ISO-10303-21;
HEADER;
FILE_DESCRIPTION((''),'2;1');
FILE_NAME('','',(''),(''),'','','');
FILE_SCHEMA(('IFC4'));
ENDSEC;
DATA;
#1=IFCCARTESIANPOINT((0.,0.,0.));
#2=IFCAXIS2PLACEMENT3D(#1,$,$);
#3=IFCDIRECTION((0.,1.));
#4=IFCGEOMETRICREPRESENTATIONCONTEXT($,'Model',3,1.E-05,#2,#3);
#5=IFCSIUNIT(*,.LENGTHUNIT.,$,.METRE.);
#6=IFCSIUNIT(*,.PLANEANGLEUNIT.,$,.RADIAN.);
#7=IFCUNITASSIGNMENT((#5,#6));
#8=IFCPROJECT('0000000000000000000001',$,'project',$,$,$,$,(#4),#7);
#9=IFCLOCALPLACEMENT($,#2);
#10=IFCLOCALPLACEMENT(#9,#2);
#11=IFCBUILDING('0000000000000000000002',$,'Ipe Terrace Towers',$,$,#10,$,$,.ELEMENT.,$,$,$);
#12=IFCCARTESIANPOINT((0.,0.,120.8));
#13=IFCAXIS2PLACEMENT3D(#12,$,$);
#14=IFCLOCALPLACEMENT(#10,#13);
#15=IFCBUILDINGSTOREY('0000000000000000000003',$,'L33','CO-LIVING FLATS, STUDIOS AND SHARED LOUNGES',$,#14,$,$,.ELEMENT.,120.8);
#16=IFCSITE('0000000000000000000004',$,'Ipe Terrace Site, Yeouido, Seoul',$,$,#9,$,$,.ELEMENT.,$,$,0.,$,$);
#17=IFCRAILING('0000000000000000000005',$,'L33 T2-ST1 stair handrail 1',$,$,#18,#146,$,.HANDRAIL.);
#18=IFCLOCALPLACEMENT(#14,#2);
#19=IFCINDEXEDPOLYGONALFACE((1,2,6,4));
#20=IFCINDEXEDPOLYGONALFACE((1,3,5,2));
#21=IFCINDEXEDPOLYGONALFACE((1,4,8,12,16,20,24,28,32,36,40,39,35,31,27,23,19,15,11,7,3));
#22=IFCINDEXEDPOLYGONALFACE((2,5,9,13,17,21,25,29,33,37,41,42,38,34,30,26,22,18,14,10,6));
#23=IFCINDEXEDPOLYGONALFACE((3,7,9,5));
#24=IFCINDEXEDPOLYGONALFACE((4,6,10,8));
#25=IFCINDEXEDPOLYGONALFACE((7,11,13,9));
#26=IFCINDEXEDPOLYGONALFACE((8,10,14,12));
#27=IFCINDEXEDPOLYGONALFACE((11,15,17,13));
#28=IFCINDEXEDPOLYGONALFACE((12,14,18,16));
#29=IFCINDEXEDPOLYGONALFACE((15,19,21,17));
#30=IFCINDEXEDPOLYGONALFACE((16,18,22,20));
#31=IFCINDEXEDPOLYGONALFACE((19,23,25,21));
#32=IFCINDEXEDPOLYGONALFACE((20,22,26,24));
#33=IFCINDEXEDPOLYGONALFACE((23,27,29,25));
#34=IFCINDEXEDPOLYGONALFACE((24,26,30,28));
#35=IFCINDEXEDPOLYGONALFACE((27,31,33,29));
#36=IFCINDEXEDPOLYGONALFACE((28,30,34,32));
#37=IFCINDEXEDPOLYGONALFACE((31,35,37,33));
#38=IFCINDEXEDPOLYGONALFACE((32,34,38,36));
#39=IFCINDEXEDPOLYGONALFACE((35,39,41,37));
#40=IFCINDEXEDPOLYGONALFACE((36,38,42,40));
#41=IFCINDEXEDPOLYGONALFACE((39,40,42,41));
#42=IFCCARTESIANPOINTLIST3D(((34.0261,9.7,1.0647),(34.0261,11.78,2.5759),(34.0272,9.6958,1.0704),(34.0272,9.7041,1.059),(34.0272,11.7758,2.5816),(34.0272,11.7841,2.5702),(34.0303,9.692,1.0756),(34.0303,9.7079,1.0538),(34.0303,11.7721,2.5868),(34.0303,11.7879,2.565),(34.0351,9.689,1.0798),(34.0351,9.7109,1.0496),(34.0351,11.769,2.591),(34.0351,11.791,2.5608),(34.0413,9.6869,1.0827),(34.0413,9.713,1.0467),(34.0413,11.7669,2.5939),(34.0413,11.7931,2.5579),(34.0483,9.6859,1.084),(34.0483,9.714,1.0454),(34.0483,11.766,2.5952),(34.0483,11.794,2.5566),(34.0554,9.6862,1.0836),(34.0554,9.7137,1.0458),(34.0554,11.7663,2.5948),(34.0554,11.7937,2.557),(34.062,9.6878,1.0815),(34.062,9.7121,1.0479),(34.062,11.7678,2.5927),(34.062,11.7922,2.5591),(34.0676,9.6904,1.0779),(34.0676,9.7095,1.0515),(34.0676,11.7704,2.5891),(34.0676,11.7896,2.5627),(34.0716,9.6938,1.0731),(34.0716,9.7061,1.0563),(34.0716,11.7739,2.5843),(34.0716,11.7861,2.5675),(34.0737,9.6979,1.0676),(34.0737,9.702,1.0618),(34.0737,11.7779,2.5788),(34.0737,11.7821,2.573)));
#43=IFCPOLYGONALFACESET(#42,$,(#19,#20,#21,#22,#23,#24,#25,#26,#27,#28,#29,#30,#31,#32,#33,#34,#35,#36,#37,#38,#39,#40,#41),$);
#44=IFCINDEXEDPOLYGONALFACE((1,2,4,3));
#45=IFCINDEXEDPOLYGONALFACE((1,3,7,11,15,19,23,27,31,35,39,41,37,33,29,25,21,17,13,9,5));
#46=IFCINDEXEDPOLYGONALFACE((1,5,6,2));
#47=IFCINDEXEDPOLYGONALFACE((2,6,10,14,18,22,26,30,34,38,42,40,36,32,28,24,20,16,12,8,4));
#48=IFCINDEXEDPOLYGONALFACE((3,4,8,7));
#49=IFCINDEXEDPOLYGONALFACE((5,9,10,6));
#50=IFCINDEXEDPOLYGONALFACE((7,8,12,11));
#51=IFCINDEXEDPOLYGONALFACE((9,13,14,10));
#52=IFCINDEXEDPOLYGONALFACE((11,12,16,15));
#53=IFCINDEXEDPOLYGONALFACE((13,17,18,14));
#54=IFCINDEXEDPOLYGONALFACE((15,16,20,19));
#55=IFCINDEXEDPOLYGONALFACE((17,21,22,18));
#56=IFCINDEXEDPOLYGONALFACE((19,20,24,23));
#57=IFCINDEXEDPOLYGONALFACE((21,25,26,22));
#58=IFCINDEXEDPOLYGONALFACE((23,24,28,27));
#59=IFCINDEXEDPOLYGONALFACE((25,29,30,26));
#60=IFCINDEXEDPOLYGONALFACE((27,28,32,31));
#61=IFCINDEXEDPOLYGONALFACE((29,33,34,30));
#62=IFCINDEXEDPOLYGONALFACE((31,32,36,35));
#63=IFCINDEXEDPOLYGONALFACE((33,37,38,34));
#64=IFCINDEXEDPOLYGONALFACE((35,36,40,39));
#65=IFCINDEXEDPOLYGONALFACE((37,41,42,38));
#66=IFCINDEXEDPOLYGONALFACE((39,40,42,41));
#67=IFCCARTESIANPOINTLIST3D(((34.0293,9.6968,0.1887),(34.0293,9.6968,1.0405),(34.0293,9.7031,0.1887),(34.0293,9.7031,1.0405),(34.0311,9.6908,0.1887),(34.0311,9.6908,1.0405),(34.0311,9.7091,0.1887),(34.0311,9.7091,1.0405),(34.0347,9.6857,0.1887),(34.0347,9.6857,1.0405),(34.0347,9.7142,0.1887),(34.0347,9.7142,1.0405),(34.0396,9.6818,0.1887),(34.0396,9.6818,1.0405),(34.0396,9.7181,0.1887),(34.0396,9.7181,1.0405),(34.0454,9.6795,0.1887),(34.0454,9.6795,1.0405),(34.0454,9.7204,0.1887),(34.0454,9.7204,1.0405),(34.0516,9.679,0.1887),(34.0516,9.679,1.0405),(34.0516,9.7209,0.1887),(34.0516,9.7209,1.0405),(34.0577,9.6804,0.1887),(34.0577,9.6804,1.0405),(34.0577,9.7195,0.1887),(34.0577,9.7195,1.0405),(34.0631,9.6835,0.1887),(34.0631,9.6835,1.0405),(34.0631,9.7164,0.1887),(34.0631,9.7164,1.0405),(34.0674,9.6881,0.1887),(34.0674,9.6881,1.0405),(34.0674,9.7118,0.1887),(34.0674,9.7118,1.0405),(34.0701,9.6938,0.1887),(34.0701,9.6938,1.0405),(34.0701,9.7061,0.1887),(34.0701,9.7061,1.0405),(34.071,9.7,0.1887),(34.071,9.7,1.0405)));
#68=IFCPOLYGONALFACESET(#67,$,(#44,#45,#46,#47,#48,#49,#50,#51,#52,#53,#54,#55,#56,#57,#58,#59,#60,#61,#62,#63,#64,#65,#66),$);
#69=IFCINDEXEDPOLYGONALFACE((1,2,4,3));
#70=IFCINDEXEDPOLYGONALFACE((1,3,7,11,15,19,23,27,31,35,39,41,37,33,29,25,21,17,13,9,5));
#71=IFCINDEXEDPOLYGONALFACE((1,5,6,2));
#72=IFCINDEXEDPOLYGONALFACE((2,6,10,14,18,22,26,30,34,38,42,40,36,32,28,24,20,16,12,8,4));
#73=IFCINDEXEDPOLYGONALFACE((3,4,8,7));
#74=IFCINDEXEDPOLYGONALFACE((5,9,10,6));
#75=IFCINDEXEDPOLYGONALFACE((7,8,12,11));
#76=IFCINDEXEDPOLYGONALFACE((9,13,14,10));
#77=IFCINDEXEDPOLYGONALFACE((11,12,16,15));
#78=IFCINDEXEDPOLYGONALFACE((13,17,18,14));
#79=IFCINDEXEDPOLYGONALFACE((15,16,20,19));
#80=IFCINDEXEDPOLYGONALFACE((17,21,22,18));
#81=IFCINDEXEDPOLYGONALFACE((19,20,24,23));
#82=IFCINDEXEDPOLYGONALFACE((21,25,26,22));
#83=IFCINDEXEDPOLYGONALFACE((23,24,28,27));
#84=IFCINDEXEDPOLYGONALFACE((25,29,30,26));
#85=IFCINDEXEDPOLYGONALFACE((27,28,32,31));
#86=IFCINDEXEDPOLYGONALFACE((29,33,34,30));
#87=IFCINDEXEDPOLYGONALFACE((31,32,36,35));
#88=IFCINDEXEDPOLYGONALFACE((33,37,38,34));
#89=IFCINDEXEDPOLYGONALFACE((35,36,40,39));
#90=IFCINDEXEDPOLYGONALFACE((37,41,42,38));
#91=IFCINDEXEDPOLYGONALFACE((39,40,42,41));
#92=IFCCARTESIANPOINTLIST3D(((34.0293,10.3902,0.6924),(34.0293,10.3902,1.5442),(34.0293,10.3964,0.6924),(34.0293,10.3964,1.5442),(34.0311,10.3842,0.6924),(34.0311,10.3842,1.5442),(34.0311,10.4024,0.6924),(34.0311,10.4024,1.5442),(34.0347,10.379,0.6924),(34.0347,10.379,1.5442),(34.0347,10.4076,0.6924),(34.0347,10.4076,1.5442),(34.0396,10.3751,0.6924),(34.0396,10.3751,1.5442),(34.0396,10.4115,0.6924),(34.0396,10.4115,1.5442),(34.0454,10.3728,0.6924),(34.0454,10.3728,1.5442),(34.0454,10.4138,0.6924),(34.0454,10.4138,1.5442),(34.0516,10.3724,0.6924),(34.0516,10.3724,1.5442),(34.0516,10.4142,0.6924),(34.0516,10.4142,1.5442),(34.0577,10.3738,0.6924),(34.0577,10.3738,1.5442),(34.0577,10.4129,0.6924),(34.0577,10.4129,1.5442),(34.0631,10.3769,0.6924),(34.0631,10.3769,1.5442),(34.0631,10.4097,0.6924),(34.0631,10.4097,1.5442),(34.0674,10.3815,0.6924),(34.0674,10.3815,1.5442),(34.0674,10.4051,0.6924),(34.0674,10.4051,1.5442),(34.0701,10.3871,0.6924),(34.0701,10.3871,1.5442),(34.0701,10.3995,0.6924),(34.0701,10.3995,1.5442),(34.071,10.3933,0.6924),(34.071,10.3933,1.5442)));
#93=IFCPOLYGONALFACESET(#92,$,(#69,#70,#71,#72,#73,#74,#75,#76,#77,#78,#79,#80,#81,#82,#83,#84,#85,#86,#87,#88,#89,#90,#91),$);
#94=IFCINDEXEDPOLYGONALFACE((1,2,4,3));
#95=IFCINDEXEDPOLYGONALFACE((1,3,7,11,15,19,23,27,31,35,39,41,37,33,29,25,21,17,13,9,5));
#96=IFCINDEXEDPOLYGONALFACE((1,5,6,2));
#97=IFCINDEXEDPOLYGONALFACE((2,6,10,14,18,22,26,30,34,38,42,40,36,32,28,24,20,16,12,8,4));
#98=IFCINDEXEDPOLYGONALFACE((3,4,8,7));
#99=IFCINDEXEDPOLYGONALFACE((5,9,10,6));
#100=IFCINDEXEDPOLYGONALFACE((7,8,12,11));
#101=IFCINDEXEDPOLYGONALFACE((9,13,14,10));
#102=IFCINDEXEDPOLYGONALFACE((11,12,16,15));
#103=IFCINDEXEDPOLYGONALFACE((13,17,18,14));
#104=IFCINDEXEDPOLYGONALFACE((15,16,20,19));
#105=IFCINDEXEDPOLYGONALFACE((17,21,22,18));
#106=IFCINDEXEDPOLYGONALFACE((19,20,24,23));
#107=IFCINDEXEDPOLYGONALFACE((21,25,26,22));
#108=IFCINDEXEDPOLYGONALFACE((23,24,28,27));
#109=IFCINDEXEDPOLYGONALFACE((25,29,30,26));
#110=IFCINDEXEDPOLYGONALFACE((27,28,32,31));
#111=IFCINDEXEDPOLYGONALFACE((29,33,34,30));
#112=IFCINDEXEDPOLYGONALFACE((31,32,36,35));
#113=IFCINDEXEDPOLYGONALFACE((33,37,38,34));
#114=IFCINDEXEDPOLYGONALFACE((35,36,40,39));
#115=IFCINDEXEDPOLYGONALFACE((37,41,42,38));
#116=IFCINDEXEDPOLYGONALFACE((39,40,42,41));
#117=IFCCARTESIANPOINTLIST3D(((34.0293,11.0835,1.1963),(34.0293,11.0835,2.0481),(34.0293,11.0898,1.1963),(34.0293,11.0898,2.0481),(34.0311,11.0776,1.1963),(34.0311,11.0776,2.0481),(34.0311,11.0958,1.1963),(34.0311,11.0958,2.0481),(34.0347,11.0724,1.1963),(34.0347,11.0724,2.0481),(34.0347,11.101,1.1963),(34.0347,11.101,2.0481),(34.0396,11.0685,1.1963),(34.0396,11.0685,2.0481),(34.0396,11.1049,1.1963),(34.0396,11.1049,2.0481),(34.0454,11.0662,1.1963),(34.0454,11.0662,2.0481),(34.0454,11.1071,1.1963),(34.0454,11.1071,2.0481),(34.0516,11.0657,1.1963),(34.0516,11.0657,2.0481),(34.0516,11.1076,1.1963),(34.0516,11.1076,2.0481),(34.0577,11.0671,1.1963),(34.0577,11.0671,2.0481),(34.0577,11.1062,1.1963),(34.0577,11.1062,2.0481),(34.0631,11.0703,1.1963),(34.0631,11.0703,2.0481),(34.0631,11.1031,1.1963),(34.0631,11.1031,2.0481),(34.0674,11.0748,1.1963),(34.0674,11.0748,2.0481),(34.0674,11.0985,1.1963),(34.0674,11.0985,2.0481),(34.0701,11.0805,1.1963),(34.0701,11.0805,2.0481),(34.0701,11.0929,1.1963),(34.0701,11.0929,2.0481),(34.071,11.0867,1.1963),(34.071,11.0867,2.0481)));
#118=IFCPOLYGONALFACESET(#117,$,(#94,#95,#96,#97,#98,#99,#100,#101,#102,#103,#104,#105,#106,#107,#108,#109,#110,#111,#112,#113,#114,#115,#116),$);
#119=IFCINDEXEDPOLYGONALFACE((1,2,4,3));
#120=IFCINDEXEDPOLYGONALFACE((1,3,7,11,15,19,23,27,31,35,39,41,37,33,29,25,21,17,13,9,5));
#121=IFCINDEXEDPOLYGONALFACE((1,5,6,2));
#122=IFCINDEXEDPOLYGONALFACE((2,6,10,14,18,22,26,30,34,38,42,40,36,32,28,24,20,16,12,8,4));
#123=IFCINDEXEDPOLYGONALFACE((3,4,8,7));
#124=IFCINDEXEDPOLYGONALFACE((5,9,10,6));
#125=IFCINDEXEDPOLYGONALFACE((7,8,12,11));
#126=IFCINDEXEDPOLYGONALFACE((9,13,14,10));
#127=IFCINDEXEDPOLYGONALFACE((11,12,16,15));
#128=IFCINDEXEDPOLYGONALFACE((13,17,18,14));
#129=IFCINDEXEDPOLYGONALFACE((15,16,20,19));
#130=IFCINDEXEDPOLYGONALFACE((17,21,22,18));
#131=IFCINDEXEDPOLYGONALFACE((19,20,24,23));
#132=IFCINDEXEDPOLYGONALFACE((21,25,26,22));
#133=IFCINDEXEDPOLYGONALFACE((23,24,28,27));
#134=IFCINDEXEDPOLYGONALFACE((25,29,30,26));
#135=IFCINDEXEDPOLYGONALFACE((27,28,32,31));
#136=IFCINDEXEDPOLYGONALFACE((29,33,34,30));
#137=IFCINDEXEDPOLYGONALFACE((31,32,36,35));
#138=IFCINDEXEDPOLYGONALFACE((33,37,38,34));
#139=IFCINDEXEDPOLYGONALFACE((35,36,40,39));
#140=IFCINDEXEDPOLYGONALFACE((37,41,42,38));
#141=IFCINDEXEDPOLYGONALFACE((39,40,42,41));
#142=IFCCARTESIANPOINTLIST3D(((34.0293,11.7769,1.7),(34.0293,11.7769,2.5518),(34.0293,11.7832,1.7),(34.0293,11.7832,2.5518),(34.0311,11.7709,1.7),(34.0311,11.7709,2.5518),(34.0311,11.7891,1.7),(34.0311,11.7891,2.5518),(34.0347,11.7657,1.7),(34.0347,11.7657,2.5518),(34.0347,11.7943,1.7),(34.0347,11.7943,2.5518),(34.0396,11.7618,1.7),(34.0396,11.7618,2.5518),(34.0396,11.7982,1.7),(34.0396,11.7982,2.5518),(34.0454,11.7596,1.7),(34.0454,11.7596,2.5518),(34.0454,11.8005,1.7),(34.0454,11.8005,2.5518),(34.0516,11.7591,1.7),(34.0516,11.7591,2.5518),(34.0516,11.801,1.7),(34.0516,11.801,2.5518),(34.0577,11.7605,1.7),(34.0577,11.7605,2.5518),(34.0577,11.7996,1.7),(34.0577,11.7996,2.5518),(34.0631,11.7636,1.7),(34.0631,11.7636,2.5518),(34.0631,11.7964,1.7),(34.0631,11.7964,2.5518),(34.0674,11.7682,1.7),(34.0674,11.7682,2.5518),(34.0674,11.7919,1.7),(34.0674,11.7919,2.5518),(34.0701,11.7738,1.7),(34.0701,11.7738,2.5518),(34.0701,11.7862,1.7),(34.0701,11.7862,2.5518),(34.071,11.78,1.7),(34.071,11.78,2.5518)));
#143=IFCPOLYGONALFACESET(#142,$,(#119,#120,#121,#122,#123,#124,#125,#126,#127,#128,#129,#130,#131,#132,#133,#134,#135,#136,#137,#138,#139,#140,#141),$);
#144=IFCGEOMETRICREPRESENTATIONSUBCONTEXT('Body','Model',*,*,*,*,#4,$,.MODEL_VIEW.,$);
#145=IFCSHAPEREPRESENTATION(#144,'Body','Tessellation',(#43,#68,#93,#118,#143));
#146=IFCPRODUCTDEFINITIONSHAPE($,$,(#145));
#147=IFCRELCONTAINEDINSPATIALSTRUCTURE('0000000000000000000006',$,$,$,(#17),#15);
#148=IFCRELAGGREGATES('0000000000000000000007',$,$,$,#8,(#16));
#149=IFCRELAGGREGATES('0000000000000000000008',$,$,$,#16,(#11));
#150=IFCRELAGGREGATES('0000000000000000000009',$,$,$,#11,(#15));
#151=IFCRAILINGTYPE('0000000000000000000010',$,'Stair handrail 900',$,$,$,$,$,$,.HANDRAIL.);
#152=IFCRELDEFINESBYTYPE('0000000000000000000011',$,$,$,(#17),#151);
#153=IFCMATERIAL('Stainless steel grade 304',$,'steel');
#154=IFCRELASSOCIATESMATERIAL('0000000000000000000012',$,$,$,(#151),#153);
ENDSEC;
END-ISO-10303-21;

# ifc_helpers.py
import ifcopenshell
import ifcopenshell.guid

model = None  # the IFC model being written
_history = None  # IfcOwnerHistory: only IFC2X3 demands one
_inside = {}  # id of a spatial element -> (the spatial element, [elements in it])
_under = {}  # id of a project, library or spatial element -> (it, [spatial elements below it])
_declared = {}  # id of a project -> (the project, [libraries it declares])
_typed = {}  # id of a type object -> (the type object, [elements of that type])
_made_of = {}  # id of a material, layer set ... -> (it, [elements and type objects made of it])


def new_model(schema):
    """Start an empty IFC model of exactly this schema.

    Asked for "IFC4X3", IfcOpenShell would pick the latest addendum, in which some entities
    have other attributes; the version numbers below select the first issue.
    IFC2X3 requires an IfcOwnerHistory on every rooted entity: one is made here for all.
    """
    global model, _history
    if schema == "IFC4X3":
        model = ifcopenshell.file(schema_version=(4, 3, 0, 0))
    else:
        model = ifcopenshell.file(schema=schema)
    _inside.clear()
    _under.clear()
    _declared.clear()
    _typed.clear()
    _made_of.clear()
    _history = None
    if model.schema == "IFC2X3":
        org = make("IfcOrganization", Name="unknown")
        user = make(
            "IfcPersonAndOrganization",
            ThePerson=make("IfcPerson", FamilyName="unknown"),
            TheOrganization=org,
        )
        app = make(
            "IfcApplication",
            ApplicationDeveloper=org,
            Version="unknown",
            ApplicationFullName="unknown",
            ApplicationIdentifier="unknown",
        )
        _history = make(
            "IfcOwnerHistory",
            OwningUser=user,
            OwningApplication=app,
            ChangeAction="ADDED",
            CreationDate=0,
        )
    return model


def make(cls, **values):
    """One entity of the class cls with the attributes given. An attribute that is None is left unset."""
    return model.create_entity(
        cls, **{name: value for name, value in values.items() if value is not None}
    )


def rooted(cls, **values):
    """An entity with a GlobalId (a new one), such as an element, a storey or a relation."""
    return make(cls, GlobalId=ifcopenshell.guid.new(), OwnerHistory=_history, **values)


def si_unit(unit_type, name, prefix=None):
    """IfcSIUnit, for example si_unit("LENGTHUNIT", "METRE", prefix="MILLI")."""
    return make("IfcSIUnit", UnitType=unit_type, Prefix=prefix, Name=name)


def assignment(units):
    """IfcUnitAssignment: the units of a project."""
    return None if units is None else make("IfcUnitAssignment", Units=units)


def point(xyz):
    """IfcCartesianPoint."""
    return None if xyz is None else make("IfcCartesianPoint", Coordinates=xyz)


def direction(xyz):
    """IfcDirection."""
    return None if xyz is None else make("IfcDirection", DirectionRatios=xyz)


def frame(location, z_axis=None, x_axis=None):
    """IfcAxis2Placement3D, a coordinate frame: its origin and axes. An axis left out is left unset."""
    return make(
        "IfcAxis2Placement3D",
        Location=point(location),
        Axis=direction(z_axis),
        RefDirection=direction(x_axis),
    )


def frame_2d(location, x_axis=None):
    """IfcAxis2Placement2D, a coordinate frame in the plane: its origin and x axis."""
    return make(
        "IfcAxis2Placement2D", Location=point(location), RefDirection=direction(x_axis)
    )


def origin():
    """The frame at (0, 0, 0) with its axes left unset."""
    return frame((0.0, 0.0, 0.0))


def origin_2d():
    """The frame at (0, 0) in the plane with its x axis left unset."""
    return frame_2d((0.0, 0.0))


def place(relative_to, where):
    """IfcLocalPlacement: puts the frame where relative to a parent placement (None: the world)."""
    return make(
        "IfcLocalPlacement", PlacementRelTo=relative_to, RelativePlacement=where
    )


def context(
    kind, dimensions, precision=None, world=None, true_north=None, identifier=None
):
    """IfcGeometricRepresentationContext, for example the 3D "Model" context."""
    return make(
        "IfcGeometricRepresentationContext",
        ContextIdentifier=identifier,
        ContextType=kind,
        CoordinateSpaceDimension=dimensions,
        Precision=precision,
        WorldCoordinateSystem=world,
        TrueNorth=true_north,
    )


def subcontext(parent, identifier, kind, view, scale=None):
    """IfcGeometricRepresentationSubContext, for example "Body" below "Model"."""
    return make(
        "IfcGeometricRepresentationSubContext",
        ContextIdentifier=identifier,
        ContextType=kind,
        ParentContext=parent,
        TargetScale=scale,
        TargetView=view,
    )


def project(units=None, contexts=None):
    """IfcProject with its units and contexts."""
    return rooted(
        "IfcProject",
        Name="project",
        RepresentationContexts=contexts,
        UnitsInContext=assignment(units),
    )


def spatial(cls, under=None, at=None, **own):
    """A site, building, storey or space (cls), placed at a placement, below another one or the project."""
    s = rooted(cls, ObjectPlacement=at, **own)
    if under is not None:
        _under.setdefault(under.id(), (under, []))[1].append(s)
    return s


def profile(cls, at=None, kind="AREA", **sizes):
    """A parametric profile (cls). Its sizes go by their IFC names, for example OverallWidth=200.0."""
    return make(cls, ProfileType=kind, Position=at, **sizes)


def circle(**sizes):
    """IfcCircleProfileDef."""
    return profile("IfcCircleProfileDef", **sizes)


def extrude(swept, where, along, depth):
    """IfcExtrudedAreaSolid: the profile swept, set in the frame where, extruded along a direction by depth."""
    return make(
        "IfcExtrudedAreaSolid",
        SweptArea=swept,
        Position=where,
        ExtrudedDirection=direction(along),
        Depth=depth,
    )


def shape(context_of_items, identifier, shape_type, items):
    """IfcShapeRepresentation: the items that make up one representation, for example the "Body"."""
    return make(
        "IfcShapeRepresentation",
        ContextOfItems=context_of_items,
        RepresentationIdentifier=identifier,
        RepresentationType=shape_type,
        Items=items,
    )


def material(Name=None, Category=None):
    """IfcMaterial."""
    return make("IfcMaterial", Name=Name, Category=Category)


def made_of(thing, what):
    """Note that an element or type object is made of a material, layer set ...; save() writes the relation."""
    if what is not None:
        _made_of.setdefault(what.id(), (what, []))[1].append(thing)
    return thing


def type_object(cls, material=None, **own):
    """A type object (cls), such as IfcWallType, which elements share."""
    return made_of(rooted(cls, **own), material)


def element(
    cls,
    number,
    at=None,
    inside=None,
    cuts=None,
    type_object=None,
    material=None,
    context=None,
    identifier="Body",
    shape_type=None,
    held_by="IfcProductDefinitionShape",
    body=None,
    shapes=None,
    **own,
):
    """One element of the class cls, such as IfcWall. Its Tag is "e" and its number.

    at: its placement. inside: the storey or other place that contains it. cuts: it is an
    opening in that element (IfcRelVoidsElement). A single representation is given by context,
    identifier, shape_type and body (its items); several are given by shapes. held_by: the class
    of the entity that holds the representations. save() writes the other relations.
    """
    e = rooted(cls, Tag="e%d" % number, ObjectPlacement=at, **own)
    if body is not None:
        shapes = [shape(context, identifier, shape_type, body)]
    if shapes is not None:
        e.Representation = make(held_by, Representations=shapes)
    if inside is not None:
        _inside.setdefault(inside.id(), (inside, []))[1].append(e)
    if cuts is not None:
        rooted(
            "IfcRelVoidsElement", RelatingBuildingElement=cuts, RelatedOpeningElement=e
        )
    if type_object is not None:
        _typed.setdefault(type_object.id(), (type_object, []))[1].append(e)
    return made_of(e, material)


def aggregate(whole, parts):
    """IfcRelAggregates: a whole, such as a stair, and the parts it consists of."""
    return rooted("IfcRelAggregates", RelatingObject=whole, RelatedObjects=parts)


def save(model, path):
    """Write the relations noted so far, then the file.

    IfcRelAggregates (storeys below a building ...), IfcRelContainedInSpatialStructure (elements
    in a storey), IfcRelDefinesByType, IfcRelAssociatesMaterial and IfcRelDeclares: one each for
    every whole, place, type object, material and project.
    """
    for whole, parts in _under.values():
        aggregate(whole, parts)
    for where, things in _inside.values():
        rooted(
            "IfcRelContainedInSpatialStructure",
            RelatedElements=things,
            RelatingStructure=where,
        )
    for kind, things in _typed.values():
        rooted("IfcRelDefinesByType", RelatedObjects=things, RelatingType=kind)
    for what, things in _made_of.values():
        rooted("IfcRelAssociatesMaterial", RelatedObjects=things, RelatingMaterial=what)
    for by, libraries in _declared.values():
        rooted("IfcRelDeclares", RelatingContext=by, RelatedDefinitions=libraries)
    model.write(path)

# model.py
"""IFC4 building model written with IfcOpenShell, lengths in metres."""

from ifc_helpers import new_model, si_unit, direction, frame, origin, origin_2d, place, context, subcontext, project, spatial, circle, extrude, material, type_object, element, save


model = new_model("IFC4")

# Units and contexts
model_context = context("Model", 3, precision=1e-05, world=origin(), true_north=direction((0.0, 1.0)))
body_context = subcontext(model_context, "Body", "Model", "MODEL_VIEW")
ifc_project = project(units=[si_unit("LENGTHUNIT", "METRE"), si_unit("PLANEANGLEUNIT", "RADIAN")], contexts=[model_context])

# Site, building, storey
site_placement = place(None, origin())
site = spatial("IfcSite", under=ifc_project, at=site_placement, Name="Ipe Terrace Site, Yeouido, Seoul", CompositionType="ELEMENT", RefElevation=0.0)
building_placement = place(site_placement, origin())
building = spatial("IfcBuilding", under=site, at=building_placement, Name="Ipe Terrace Towers", CompositionType="ELEMENT")
storey_placement = place(building_placement, frame((0.0, 0.0, 120.8)))
storey = spatial("IfcBuildingStorey", under=building, at=storey_placement, Name="L33", Description="CO-LIVING FLATS, STUDIOS AND SHARED LOUNGES", CompositionType="ELEMENT", Elevation=120.8)

# Railing
ifc_material_1 = material(Name="Stainless steel grade 304", Category="steel")
railing_type = type_object("IfcRailingType", Name="Stair handrail 900", PredefinedType="HANDRAIL", material=ifc_material_1)
railing_1_placement = place(storey_placement, frame((34.05, 9.7, 0.1887)))
element("IfcRailing", 1, at=railing_1_placement, inside=storey, type_object=railing_type, Name="L33 T2-ST1 stair handrail 1", PredefinedType="HANDRAIL", context=body_context, shape_type="SweptSolid", body=[
    extrude(circle(Radius=0.0239, at=origin_2d()), frame((0.0, 0.0, 0.876), z_axis=(0.0, 0.809023, 0.587776), x_axis=(-1.0, 0.0, 0.0)), (0.0, 0.0, 1.0), 2.571),
    extrude(circle(Radius=0.021, at=origin_2d()), origin(), (0.0, 0.0, 1.0), 0.8518),
    extrude(circle(Radius=0.021, at=origin_2d()), frame((0.0, 0.6934, 0.5037)), (0.0, 0.0, 1.0), 0.8518),
    extrude(circle(Radius=0.021, at=origin_2d()), frame((0.0, 1.3867, 1.0076)), (0.0, 0.0, 1.0), 0.8518),
    extrude(circle(Radius=0.021, at=origin_2d()), frame((0.0, 2.0801, 1.5112)), (0.0, 0.0, 1.0), 0.8518),
])

save(model, "model.ifc")
